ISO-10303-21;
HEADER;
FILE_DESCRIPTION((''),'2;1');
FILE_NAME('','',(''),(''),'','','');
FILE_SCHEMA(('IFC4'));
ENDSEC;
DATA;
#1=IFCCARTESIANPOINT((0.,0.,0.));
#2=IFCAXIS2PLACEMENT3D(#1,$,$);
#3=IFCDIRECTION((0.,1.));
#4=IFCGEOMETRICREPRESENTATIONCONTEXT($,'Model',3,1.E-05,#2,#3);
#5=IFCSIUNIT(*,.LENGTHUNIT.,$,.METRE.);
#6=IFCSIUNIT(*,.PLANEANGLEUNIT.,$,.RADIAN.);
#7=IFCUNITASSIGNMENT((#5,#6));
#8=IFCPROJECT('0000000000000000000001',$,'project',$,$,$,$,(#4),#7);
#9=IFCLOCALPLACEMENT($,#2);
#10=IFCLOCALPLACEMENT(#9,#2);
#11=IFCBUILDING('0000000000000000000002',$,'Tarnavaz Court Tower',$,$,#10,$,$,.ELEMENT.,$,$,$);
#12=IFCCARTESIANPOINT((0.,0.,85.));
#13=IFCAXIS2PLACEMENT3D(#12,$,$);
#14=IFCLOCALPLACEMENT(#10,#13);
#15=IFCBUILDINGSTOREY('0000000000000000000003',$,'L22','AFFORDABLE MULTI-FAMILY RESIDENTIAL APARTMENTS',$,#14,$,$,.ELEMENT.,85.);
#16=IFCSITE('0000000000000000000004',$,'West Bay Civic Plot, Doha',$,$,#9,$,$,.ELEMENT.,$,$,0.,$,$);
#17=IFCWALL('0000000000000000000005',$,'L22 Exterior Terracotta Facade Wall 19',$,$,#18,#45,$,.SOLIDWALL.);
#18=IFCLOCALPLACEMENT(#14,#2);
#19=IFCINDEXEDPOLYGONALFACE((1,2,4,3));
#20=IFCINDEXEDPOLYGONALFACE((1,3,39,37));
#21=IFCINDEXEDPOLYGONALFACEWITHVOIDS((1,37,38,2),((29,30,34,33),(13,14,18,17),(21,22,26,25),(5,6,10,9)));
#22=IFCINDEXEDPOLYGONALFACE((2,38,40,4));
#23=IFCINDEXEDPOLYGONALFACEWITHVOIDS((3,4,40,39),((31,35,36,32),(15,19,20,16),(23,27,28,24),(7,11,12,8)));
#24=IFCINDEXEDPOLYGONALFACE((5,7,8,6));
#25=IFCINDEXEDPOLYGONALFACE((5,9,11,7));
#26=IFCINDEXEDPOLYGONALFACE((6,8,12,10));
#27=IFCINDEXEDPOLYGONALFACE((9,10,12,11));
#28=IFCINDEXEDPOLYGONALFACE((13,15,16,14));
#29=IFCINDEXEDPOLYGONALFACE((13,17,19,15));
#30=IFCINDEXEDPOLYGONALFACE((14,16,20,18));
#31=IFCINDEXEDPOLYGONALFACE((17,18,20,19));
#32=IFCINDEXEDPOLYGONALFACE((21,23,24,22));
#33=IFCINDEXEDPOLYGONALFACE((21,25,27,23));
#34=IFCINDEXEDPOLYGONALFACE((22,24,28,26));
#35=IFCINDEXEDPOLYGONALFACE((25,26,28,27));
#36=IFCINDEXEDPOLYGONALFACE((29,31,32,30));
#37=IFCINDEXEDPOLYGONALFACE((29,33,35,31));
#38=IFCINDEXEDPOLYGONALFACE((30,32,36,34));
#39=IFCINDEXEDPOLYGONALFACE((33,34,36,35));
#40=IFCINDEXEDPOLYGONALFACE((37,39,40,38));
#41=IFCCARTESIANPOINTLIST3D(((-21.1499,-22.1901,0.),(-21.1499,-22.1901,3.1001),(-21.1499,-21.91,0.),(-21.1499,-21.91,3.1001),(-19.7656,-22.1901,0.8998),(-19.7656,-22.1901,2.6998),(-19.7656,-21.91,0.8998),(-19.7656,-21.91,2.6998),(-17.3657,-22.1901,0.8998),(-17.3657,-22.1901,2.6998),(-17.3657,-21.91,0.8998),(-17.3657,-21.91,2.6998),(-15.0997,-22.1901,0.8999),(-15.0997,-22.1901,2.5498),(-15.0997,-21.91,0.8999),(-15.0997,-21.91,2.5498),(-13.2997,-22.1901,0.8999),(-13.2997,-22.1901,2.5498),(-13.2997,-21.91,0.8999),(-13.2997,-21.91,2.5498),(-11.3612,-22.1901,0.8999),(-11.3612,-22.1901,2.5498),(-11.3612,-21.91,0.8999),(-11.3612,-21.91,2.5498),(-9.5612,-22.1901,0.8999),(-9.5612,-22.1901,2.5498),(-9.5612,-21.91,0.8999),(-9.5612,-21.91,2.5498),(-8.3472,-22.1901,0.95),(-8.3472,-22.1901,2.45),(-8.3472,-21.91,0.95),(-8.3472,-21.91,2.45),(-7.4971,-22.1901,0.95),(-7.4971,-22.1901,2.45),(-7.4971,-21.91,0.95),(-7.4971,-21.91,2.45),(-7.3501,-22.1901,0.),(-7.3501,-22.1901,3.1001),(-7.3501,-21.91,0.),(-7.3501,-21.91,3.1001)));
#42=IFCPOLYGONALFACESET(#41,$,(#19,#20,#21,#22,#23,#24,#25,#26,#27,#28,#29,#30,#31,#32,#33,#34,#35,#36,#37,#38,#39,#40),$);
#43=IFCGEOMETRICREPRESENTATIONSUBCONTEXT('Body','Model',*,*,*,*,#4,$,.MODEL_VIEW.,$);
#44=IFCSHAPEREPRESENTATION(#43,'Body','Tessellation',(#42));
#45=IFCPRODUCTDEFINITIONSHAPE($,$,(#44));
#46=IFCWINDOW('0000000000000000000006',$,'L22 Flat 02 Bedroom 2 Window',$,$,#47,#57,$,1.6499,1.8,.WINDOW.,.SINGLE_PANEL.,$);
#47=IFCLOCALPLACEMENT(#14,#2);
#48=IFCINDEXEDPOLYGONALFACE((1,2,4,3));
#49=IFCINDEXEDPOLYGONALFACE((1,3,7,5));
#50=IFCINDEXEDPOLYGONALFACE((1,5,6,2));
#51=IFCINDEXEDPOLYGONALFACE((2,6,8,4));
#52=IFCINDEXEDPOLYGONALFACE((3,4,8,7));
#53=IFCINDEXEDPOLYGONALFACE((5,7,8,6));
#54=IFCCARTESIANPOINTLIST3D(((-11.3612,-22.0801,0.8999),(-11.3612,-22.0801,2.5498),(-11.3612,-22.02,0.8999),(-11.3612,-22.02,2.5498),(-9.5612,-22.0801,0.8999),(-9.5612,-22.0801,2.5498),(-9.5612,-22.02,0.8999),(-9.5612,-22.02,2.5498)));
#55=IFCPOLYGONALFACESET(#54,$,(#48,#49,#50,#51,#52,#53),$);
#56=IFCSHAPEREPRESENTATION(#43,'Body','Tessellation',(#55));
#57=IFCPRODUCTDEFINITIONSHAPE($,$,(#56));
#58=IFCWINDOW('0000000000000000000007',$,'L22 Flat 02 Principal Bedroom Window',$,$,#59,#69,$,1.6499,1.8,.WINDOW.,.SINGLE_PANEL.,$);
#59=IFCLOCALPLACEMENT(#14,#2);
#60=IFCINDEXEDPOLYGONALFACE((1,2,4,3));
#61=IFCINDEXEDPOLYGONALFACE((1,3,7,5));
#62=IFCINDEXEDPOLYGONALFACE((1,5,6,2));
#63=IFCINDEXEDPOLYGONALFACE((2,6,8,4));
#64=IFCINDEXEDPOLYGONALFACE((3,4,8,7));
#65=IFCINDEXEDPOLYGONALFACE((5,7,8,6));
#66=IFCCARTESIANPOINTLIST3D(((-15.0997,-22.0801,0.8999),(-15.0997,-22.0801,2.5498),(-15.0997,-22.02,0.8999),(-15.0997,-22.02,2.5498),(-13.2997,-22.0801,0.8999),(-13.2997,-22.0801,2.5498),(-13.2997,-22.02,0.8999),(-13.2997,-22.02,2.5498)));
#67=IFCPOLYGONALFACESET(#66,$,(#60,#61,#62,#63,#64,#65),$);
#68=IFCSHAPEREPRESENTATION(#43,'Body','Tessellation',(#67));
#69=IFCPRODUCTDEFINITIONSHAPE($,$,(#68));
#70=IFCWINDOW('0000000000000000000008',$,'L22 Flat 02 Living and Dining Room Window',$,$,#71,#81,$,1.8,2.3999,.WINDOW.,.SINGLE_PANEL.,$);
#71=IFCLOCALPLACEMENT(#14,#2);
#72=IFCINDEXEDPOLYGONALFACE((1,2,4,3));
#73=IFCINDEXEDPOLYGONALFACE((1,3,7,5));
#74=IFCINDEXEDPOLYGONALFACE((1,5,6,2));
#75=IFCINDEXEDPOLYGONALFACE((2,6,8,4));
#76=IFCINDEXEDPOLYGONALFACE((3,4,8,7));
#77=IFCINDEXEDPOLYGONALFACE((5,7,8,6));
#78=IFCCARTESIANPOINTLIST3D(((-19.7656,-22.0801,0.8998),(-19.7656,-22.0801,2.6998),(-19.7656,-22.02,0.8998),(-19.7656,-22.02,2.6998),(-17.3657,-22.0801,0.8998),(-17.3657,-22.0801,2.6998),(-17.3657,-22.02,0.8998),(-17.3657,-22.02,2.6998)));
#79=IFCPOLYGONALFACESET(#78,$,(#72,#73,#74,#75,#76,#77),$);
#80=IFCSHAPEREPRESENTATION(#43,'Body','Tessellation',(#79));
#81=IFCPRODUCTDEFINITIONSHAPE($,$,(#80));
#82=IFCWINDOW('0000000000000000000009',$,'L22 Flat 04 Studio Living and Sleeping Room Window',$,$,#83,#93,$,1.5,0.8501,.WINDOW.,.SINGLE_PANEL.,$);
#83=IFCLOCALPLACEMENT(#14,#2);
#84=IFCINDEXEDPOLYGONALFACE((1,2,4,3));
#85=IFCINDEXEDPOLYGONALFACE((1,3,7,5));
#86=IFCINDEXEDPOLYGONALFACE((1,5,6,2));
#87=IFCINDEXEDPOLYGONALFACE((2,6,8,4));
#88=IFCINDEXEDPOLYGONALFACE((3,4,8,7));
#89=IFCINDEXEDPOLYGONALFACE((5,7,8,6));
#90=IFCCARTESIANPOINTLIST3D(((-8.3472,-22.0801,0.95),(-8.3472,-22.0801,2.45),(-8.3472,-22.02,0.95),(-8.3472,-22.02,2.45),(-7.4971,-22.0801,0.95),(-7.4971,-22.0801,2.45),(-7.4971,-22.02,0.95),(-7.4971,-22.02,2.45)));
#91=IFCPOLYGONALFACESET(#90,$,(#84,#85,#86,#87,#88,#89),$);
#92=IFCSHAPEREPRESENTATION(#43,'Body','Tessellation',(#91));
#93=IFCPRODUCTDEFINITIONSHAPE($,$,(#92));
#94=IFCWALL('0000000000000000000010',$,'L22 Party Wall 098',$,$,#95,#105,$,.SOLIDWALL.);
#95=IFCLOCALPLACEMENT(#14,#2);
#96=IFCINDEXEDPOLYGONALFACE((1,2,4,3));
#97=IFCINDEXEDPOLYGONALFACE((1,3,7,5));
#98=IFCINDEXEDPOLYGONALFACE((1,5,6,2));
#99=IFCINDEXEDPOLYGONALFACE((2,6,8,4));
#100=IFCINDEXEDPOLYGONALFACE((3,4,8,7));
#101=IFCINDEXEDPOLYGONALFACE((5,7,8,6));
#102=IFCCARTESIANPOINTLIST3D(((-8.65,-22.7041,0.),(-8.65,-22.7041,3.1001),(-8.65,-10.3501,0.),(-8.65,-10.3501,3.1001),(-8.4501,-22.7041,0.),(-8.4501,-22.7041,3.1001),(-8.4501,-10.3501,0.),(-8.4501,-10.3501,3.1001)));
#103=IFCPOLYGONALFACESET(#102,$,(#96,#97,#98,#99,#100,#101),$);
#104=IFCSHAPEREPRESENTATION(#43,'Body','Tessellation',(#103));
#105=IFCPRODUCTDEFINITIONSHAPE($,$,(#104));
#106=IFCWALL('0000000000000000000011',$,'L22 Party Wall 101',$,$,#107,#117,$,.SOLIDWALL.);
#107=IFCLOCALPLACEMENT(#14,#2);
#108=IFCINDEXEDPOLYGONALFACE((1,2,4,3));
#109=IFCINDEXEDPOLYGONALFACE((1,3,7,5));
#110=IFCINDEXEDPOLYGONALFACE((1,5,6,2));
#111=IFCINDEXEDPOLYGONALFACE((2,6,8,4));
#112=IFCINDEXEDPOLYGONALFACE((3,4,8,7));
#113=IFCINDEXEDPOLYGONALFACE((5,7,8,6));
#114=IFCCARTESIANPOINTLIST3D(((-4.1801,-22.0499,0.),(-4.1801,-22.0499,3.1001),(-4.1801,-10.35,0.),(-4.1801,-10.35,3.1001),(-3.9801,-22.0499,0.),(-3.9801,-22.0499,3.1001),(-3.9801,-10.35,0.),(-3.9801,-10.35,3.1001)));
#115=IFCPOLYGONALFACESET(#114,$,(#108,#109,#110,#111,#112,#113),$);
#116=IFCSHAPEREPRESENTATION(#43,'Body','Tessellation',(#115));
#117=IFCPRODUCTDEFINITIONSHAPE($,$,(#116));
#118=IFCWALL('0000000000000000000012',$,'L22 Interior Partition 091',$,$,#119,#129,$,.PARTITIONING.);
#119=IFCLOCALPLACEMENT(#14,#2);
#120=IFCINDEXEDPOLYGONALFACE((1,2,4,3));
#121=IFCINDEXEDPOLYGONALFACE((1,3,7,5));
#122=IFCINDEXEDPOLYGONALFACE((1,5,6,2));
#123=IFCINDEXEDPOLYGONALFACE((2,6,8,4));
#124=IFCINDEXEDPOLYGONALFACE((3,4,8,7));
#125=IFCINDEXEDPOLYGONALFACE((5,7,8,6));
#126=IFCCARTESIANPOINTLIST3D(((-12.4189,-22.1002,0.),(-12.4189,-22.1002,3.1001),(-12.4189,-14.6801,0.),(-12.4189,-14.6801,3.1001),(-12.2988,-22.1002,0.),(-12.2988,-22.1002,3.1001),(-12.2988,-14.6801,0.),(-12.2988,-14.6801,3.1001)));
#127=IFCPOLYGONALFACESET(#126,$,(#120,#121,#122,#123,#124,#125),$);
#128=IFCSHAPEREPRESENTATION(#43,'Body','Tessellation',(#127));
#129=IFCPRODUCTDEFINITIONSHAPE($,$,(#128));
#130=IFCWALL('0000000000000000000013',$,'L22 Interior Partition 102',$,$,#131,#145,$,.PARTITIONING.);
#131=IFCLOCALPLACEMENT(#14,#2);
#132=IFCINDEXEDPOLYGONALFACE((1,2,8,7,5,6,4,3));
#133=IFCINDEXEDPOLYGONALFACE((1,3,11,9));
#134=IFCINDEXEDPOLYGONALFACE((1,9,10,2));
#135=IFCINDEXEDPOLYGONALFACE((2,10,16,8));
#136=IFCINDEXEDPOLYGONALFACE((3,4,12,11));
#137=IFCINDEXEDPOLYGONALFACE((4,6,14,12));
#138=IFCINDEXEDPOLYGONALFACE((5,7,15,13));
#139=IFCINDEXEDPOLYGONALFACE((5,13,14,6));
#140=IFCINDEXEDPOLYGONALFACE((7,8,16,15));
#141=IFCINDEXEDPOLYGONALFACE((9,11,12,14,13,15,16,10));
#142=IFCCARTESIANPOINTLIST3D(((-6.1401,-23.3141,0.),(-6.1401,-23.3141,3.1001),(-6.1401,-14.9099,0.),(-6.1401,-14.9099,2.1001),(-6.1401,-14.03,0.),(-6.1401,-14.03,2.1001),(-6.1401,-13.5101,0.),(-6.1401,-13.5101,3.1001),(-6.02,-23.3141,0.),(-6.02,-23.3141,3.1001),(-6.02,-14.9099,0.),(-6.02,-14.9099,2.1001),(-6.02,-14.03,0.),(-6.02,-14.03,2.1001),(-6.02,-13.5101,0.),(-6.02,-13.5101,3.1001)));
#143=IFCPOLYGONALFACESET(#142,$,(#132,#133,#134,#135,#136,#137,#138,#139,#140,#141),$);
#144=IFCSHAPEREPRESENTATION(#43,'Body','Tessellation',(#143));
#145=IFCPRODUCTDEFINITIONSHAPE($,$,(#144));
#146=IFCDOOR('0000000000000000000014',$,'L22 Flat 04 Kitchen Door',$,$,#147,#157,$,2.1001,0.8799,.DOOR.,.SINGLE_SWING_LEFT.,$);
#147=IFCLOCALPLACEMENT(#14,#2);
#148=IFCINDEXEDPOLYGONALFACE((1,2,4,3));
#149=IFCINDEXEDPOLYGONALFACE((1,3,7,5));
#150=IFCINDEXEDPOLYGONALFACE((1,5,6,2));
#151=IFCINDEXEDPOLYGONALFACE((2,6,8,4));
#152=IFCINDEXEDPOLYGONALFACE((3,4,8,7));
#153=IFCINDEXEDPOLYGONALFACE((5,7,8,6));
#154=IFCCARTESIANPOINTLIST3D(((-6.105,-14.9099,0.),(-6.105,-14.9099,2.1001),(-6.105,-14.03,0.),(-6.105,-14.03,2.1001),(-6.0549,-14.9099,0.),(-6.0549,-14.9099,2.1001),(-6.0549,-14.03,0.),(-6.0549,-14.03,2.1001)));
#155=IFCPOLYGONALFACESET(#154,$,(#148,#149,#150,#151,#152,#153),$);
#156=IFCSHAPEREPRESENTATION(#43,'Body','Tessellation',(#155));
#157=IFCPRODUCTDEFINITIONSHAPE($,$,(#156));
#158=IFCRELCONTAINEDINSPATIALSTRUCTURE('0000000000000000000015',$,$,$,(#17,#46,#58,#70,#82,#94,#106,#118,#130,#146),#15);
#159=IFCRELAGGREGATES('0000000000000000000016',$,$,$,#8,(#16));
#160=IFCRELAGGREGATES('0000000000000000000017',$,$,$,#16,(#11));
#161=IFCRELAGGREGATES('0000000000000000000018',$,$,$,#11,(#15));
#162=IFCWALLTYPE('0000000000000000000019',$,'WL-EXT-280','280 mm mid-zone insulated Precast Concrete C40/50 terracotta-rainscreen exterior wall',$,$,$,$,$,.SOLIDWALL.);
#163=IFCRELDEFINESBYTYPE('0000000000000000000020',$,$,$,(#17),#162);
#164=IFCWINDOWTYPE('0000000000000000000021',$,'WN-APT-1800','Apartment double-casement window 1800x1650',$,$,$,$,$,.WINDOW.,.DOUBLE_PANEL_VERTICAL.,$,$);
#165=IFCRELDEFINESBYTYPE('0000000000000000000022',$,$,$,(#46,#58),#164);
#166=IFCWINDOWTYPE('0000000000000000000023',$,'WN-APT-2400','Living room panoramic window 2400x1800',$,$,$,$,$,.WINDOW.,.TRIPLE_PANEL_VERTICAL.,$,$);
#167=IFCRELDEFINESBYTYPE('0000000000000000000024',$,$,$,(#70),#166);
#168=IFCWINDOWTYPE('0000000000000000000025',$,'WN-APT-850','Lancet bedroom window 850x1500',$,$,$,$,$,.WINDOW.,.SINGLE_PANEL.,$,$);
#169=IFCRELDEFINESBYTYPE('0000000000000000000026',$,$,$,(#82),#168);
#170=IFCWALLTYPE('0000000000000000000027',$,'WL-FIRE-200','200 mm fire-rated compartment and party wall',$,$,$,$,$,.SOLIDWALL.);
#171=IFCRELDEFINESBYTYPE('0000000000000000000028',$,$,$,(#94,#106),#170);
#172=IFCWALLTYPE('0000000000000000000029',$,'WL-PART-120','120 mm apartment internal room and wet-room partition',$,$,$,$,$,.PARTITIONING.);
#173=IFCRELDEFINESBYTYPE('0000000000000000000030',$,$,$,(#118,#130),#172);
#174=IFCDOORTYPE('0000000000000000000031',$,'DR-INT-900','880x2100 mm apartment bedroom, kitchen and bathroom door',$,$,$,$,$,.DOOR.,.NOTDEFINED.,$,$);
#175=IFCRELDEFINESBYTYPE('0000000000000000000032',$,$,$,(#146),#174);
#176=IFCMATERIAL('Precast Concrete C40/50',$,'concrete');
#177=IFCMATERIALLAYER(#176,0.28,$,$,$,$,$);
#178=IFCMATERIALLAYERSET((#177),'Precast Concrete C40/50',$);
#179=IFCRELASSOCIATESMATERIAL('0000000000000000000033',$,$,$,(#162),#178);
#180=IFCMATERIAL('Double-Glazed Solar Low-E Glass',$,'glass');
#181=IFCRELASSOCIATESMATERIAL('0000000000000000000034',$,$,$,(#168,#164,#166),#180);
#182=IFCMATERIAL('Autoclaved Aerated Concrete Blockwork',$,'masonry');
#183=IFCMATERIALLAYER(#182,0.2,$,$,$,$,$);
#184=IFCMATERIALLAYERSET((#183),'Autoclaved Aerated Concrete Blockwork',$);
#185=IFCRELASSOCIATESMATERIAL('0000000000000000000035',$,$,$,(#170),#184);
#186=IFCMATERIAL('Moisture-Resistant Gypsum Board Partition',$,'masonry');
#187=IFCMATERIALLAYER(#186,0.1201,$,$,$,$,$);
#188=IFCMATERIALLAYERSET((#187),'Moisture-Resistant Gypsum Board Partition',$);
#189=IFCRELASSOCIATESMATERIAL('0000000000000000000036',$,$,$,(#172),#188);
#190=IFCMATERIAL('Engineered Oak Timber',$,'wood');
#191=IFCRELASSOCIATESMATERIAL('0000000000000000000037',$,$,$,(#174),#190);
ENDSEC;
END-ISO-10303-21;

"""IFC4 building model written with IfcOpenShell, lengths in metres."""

from ifc_helpers import new_model, si_unit, direction, frame, frame_2d, origin, place, context, subcontext, project, spatial, rectangle, extrude, material, layer, layer_set, type_object, element, fill, save


model = new_model("IFC4")

# Units and contexts
model_context = context("Model", 3, precision=1e-05, world=origin(), true_north=direction((0.0, 1.0)))
body_context = subcontext(model_context, "Body", "Model", "MODEL_VIEW")
ifc_project = project(units=[si_unit("LENGTHUNIT", "METRE"), si_unit("PLANEANGLEUNIT", "RADIAN")], contexts=[model_context])

# Site, building, storey
site_placement = place(None, origin())
site = spatial("IfcSite", under=ifc_project, at=site_placement, Name="West Bay Civic Plot, Doha", CompositionType="ELEMENT", RefElevation=0.0)
building_placement = place(site_placement, origin())
building = spatial("IfcBuilding", under=site, at=building_placement, Name="Tarnavaz Court Tower", CompositionType="ELEMENT")
storey_placement = place(building_placement, frame((0.0, 0.0, 85.0)))
storey = spatial("IfcBuildingStorey", under=building, at=storey_placement, Name="L22", Description="AFFORDABLE MULTI-FAMILY RESIDENTIAL APARTMENTS", CompositionType="ELEMENT", Elevation=85.0)

# Shared definitions
ifc_material_1 = material(Name="Double-Glazed Solar Low-E Glass", Category="glass")

# Shared definitions
ifc_material_2 = material(Name="Precast Concrete C40/50", Category="concrete")
ifc_layer_1 = layer(ifc_material_2, 0.28)
ifc_layer_set_1 = layer_set([ifc_layer_1], Name="Precast Concrete C40/50")
wall_type_1 = type_object("IfcWallType", Name="WL-EXT-280", Description="280 mm mid-zone insulated Precast Concrete C40/50 terracotta-rainscreen exterior wall", PredefinedType="SOLIDWALL", material=ifc_layer_set_1)
window_type_1 = type_object("IfcWindowType", Name="WN-APT-850", Description="Lancet bedroom window 850x1500", PartitioningType="SINGLE_PANEL", PredefinedType="WINDOW", material=ifc_material_1)

# Wall, openings, windows
wall_1_placement = place(storey_placement, frame((-7.3501, -22.05, 0.0), z_axis=(0.0, 0.0, 1.0), x_axis=(-1.0, 0.0, 0.0)))
wall_1 = element("IfcWall", 1, at=wall_1_placement, inside=storey, type_object=wall_type_1, Name="L22 Exterior Terracotta Facade Wall 19", PredefinedType="SOLIDWALL", context=body_context, shape_type="SweptSolid", body=[
    extrude(rectangle(XDim=13.7998, YDim=0.28, at=frame_2d((6.8999, 0.0))), origin(), (0.0, 0.0, 1.0), 3.1001),
])
opening_1_placement = place(wall_1_placement, frame((0.147, 0.0, 0.95)))
opening_1 = element("IfcOpeningElement", 2, at=opening_1_placement, cuts=wall_1, PredefinedType="OPENING", context=body_context, shape_type="SweptSolid", body=[
    extrude(rectangle(XDim=0.8501, YDim=1.5, at=frame_2d((0.425, 0.75))), frame((0.0, 0.1499, 0.0), z_axis=(0.0, -1.0, 0.0), x_axis=(1.0, 0.0, 0.0)), (0.0, 0.0, 1.0), 0.3),
])
opening_2_placement = place(wall_1_placement, frame((2.2112, 0.0, 0.8999)))
opening_2 = element("IfcOpeningElement", 3, at=opening_2_placement, cuts=wall_1, PredefinedType="OPENING", context=body_context, shape_type="SweptSolid", body=[
    extrude(rectangle(XDim=1.8, YDim=1.6499, at=frame_2d((0.8999, 0.825))), frame((0.0, 0.1499, 0.0), z_axis=(0.0, -1.0, 0.0), x_axis=(1.0, 0.0, 0.0)), (0.0, 0.0, 1.0), 0.3),
])
opening_3_placement = place(wall_1_placement, frame((5.9497, 0.0, 0.8999)))
opening_3 = element("IfcOpeningElement", 4, at=opening_3_placement, cuts=wall_1, PredefinedType="OPENING", context=body_context, shape_type="SweptSolid", body=[
    extrude(rectangle(XDim=1.8, YDim=1.6499, at=frame_2d((0.8999, 0.825))), frame((0.0, 0.1499, 0.0), z_axis=(0.0, -1.0, 0.0), x_axis=(1.0, 0.0, 0.0)), (0.0, 0.0, 1.0), 0.3),
])
opening_4_placement = place(wall_1_placement, frame((10.0156, 0.0, 0.8999)))
opening_4 = element("IfcOpeningElement", 5, at=opening_4_placement, cuts=wall_1, PredefinedType="OPENING", context=body_context, shape_type="SweptSolid", body=[
    extrude(rectangle(XDim=2.3999, YDim=1.8, at=frame_2d((1.2, 0.8999))), frame((0.0, 0.1499, 0.0), z_axis=(0.0, -1.0, 0.0), x_axis=(1.0, 0.0, 0.0)), (0.0, 0.0, 1.0), 0.3),
])
window_type_2 = type_object("IfcWindowType", Name="WN-APT-1800", Description="Apartment double-casement window 1800x1650", PartitioningType="DOUBLE_PANEL_VERTICAL", PredefinedType="WINDOW", material=ifc_material_1)
window_1_placement = place(opening_2_placement, origin())
window_1 = element("IfcWindow", 6, at=window_1_placement, inside=storey, type_object=window_type_2, Name="L22 Flat 02 Bedroom 2 Window", OverallHeight=1.6499, OverallWidth=1.8, PartitioningType="SINGLE_PANEL", PredefinedType="WINDOW", context=body_context, shape_type="SweptSolid", body=[
    extrude(rectangle(XDim=1.8, YDim=1.6499, at=frame_2d((0.8999, 0.825))), frame((0.0, 0.03, 0.0), z_axis=(0.0, -1.0, 0.0), x_axis=(1.0, 0.0, 0.0)), (0.0, 0.0, 1.0), 0.0601),
])
fill(opening_2, window_1)
window_2_placement = place(opening_3_placement, origin())
window_2 = element("IfcWindow", 7, at=window_2_placement, inside=storey, type_object=window_type_2, Name="L22 Flat 02 Principal Bedroom Window", OverallHeight=1.6499, OverallWidth=1.8, PartitioningType="SINGLE_PANEL", PredefinedType="WINDOW", context=body_context, shape_type="SweptSolid", body=[
    extrude(rectangle(XDim=1.8, YDim=1.6499, at=frame_2d((0.8999, 0.825))), frame((0.0, 0.03, 0.0), z_axis=(0.0, -1.0, 0.0), x_axis=(1.0, 0.0, 0.0)), (0.0, 0.0, 1.0), 0.0601),
])
fill(opening_3, window_2)
window_type_3 = type_object("IfcWindowType", Name="WN-APT-2400", Description="Living room panoramic window 2400x1800", PartitioningType="TRIPLE_PANEL_VERTICAL", PredefinedType="WINDOW", material=ifc_material_1)
window_3_placement = place(opening_4_placement, origin())
window_3 = element("IfcWindow", 8, at=window_3_placement, inside=storey, type_object=window_type_3, Name="L22 Flat 02 Living and Dining Room Window", OverallHeight=1.8, OverallWidth=2.3999, PartitioningType="SINGLE_PANEL", PredefinedType="WINDOW", context=body_context, shape_type="SweptSolid", body=[
    extrude(rectangle(XDim=2.3999, YDim=1.8, at=frame_2d((1.2, 0.8999))), frame((0.0, 0.03, 0.0), z_axis=(0.0, -1.0, 0.0), x_axis=(1.0, 0.0, 0.0)), (0.0, 0.0, 1.0), 0.0601),
])
fill(opening_4, window_3)
window_4_placement = place(opening_1_placement, origin())
window_4 = element("IfcWindow", 9, at=window_4_placement, inside=storey, type_object=window_type_1, Name="L22 Flat 04 Studio Living and Sleeping Room Window", OverallHeight=1.5, OverallWidth=0.8501, PartitioningType="SINGLE_PANEL", PredefinedType="WINDOW", context=body_context, shape_type="SweptSolid", body=[
    extrude(rectangle(XDim=0.8501, YDim=1.5, at=frame_2d((0.425, 0.75))), frame((0.0, 0.03, 0.0), z_axis=(0.0, -1.0, 0.0), x_axis=(1.0, 0.0, 0.0)), (0.0, 0.0, 1.0), 0.0601),
])
fill(opening_1, window_4)

# Walls
ifc_material_3 = material(Name="Autoclaved Aerated Concrete Blockwork", Category="masonry")
ifc_layer_2 = layer(ifc_material_3, 0.2)
ifc_layer_set_2 = layer_set([ifc_layer_2], Name="Autoclaved Aerated Concrete Blockwork")
wall_type_2 = type_object("IfcWallType", Name="WL-FIRE-200", Description="200 mm fire-rated compartment and party wall", PredefinedType="SOLIDWALL", material=ifc_layer_set_2)
wall_2_placement = place(storey_placement, frame((-8.55, -22.7041, 0.0), z_axis=(0.0, 0.0, 1.0), x_axis=(0.0, 1.0, 0.0)))
element("IfcWall", 10, at=wall_2_placement, inside=storey, type_object=wall_type_2, Name="L22 Party Wall 098", PredefinedType="SOLIDWALL", context=body_context, shape_type="SweptSolid", body=[
    extrude(rectangle(XDim=12.354, YDim=0.2, at=frame_2d((6.177, 0.0))), origin(), (0.0, 0.0, 1.0), 3.1001),
])
wall_3_placement = place(storey_placement, frame((-4.0801, -22.05, 0.0), z_axis=(0.0, 0.0, 1.0), x_axis=(0.0, 1.0, 0.0)))
element("IfcWall", 11, at=wall_3_placement, inside=storey, type_object=wall_type_2, Name="L22 Party Wall 101", PredefinedType="SOLIDWALL", context=body_context, shape_type="SweptSolid", body=[
    extrude(rectangle(XDim=11.7, YDim=0.2, at=frame_2d((5.8501, 0.0))), origin(), (0.0, 0.0, 1.0), 3.1001),
])
ifc_material_4 = material(Name="Moisture-Resistant Gypsum Board Partition", Category="masonry")
ifc_layer_3 = layer(ifc_material_4, 0.1201)
ifc_layer_set_3 = layer_set([ifc_layer_3], Name="Moisture-Resistant Gypsum Board Partition")
wall_type_3 = type_object("IfcWallType", Name="WL-PART-120", Description="120 mm apartment internal room and wet-room partition", PredefinedType="PARTITIONING", material=ifc_layer_set_3)
wall_4_placement = place(storey_placement, frame((-12.3589, -22.1001, 0.0), z_axis=(0.0, 0.0, 1.0), x_axis=(0.0, 1.0, 0.0)))
element("IfcWall", 12, at=wall_4_placement, inside=storey, type_object=wall_type_3, Name="L22 Interior Partition 091", PredefinedType="PARTITIONING", context=body_context, shape_type="SweptSolid", body=[
    extrude(rectangle(XDim=7.4202, YDim=0.1201, at=frame_2d((3.71, 0.0))), origin(), (0.0, 0.0, 1.0), 3.1001),
])

# Wall, opening, door
wall_5_placement = place(storey_placement, frame((-6.0801, -23.314, 0.0), z_axis=(0.0, 0.0, 1.0), x_axis=(0.0, 1.0, 0.0)))
wall_5 = element("IfcWall", 13, at=wall_5_placement, inside=storey, type_object=wall_type_3, Name="L22 Interior Partition 102", PredefinedType="PARTITIONING", context=body_context, shape_type="SweptSolid", body=[
    extrude(rectangle(XDim=9.804, YDim=0.1201, at=frame_2d((4.9019, 0.0))), origin(), (0.0, 0.0, 1.0), 3.1001),
])
opening_5_placement = place(wall_5_placement, frame((8.4041, 0.0, 0.0)))
opening_5 = element("IfcOpeningElement", 14, at=opening_5_placement, cuts=wall_5, PredefinedType="OPENING", context=body_context, shape_type="SweptSolid", body=[
    extrude(rectangle(XDim=0.8799, YDim=2.1001, at=frame_2d((0.4399, 1.05))), frame((0.0, 0.0701, 0.0), z_axis=(0.0, -1.0, 0.0), x_axis=(1.0, 0.0, 0.0)), (0.0, 0.0, 1.0), 0.1401),
])
ifc_material_5 = material(Name="Engineered Oak Timber", Category="wood")
door_type = type_object("IfcDoorType", Name="DR-INT-900", Description="880x2100 mm apartment bedroom, kitchen and bathroom door", OperationType="NOTDEFINED", PredefinedType="DOOR", material=ifc_material_5)
door_placement = place(opening_5_placement, origin())
door = element("IfcDoor", 15, at=door_placement, inside=storey, type_object=door_type, Name="L22 Flat 04 Kitchen Door", OperationType="SINGLE_SWING_LEFT", OverallHeight=2.1001, OverallWidth=0.8799, PredefinedType="DOOR", context=body_context, shape_type="SweptSolid", body=[
    extrude(rectangle(XDim=0.8799, YDim=2.1001, at=frame_2d((0.4399, 1.05))), frame((0.0, 0.0249, 0.0), z_axis=(0.0, -1.0, 0.0), x_axis=(1.0, 0.0, 0.0)), (0.0, 0.0, 1.0), 0.05),
])
fill(opening_5, door)

save(model, "model.ifc")
